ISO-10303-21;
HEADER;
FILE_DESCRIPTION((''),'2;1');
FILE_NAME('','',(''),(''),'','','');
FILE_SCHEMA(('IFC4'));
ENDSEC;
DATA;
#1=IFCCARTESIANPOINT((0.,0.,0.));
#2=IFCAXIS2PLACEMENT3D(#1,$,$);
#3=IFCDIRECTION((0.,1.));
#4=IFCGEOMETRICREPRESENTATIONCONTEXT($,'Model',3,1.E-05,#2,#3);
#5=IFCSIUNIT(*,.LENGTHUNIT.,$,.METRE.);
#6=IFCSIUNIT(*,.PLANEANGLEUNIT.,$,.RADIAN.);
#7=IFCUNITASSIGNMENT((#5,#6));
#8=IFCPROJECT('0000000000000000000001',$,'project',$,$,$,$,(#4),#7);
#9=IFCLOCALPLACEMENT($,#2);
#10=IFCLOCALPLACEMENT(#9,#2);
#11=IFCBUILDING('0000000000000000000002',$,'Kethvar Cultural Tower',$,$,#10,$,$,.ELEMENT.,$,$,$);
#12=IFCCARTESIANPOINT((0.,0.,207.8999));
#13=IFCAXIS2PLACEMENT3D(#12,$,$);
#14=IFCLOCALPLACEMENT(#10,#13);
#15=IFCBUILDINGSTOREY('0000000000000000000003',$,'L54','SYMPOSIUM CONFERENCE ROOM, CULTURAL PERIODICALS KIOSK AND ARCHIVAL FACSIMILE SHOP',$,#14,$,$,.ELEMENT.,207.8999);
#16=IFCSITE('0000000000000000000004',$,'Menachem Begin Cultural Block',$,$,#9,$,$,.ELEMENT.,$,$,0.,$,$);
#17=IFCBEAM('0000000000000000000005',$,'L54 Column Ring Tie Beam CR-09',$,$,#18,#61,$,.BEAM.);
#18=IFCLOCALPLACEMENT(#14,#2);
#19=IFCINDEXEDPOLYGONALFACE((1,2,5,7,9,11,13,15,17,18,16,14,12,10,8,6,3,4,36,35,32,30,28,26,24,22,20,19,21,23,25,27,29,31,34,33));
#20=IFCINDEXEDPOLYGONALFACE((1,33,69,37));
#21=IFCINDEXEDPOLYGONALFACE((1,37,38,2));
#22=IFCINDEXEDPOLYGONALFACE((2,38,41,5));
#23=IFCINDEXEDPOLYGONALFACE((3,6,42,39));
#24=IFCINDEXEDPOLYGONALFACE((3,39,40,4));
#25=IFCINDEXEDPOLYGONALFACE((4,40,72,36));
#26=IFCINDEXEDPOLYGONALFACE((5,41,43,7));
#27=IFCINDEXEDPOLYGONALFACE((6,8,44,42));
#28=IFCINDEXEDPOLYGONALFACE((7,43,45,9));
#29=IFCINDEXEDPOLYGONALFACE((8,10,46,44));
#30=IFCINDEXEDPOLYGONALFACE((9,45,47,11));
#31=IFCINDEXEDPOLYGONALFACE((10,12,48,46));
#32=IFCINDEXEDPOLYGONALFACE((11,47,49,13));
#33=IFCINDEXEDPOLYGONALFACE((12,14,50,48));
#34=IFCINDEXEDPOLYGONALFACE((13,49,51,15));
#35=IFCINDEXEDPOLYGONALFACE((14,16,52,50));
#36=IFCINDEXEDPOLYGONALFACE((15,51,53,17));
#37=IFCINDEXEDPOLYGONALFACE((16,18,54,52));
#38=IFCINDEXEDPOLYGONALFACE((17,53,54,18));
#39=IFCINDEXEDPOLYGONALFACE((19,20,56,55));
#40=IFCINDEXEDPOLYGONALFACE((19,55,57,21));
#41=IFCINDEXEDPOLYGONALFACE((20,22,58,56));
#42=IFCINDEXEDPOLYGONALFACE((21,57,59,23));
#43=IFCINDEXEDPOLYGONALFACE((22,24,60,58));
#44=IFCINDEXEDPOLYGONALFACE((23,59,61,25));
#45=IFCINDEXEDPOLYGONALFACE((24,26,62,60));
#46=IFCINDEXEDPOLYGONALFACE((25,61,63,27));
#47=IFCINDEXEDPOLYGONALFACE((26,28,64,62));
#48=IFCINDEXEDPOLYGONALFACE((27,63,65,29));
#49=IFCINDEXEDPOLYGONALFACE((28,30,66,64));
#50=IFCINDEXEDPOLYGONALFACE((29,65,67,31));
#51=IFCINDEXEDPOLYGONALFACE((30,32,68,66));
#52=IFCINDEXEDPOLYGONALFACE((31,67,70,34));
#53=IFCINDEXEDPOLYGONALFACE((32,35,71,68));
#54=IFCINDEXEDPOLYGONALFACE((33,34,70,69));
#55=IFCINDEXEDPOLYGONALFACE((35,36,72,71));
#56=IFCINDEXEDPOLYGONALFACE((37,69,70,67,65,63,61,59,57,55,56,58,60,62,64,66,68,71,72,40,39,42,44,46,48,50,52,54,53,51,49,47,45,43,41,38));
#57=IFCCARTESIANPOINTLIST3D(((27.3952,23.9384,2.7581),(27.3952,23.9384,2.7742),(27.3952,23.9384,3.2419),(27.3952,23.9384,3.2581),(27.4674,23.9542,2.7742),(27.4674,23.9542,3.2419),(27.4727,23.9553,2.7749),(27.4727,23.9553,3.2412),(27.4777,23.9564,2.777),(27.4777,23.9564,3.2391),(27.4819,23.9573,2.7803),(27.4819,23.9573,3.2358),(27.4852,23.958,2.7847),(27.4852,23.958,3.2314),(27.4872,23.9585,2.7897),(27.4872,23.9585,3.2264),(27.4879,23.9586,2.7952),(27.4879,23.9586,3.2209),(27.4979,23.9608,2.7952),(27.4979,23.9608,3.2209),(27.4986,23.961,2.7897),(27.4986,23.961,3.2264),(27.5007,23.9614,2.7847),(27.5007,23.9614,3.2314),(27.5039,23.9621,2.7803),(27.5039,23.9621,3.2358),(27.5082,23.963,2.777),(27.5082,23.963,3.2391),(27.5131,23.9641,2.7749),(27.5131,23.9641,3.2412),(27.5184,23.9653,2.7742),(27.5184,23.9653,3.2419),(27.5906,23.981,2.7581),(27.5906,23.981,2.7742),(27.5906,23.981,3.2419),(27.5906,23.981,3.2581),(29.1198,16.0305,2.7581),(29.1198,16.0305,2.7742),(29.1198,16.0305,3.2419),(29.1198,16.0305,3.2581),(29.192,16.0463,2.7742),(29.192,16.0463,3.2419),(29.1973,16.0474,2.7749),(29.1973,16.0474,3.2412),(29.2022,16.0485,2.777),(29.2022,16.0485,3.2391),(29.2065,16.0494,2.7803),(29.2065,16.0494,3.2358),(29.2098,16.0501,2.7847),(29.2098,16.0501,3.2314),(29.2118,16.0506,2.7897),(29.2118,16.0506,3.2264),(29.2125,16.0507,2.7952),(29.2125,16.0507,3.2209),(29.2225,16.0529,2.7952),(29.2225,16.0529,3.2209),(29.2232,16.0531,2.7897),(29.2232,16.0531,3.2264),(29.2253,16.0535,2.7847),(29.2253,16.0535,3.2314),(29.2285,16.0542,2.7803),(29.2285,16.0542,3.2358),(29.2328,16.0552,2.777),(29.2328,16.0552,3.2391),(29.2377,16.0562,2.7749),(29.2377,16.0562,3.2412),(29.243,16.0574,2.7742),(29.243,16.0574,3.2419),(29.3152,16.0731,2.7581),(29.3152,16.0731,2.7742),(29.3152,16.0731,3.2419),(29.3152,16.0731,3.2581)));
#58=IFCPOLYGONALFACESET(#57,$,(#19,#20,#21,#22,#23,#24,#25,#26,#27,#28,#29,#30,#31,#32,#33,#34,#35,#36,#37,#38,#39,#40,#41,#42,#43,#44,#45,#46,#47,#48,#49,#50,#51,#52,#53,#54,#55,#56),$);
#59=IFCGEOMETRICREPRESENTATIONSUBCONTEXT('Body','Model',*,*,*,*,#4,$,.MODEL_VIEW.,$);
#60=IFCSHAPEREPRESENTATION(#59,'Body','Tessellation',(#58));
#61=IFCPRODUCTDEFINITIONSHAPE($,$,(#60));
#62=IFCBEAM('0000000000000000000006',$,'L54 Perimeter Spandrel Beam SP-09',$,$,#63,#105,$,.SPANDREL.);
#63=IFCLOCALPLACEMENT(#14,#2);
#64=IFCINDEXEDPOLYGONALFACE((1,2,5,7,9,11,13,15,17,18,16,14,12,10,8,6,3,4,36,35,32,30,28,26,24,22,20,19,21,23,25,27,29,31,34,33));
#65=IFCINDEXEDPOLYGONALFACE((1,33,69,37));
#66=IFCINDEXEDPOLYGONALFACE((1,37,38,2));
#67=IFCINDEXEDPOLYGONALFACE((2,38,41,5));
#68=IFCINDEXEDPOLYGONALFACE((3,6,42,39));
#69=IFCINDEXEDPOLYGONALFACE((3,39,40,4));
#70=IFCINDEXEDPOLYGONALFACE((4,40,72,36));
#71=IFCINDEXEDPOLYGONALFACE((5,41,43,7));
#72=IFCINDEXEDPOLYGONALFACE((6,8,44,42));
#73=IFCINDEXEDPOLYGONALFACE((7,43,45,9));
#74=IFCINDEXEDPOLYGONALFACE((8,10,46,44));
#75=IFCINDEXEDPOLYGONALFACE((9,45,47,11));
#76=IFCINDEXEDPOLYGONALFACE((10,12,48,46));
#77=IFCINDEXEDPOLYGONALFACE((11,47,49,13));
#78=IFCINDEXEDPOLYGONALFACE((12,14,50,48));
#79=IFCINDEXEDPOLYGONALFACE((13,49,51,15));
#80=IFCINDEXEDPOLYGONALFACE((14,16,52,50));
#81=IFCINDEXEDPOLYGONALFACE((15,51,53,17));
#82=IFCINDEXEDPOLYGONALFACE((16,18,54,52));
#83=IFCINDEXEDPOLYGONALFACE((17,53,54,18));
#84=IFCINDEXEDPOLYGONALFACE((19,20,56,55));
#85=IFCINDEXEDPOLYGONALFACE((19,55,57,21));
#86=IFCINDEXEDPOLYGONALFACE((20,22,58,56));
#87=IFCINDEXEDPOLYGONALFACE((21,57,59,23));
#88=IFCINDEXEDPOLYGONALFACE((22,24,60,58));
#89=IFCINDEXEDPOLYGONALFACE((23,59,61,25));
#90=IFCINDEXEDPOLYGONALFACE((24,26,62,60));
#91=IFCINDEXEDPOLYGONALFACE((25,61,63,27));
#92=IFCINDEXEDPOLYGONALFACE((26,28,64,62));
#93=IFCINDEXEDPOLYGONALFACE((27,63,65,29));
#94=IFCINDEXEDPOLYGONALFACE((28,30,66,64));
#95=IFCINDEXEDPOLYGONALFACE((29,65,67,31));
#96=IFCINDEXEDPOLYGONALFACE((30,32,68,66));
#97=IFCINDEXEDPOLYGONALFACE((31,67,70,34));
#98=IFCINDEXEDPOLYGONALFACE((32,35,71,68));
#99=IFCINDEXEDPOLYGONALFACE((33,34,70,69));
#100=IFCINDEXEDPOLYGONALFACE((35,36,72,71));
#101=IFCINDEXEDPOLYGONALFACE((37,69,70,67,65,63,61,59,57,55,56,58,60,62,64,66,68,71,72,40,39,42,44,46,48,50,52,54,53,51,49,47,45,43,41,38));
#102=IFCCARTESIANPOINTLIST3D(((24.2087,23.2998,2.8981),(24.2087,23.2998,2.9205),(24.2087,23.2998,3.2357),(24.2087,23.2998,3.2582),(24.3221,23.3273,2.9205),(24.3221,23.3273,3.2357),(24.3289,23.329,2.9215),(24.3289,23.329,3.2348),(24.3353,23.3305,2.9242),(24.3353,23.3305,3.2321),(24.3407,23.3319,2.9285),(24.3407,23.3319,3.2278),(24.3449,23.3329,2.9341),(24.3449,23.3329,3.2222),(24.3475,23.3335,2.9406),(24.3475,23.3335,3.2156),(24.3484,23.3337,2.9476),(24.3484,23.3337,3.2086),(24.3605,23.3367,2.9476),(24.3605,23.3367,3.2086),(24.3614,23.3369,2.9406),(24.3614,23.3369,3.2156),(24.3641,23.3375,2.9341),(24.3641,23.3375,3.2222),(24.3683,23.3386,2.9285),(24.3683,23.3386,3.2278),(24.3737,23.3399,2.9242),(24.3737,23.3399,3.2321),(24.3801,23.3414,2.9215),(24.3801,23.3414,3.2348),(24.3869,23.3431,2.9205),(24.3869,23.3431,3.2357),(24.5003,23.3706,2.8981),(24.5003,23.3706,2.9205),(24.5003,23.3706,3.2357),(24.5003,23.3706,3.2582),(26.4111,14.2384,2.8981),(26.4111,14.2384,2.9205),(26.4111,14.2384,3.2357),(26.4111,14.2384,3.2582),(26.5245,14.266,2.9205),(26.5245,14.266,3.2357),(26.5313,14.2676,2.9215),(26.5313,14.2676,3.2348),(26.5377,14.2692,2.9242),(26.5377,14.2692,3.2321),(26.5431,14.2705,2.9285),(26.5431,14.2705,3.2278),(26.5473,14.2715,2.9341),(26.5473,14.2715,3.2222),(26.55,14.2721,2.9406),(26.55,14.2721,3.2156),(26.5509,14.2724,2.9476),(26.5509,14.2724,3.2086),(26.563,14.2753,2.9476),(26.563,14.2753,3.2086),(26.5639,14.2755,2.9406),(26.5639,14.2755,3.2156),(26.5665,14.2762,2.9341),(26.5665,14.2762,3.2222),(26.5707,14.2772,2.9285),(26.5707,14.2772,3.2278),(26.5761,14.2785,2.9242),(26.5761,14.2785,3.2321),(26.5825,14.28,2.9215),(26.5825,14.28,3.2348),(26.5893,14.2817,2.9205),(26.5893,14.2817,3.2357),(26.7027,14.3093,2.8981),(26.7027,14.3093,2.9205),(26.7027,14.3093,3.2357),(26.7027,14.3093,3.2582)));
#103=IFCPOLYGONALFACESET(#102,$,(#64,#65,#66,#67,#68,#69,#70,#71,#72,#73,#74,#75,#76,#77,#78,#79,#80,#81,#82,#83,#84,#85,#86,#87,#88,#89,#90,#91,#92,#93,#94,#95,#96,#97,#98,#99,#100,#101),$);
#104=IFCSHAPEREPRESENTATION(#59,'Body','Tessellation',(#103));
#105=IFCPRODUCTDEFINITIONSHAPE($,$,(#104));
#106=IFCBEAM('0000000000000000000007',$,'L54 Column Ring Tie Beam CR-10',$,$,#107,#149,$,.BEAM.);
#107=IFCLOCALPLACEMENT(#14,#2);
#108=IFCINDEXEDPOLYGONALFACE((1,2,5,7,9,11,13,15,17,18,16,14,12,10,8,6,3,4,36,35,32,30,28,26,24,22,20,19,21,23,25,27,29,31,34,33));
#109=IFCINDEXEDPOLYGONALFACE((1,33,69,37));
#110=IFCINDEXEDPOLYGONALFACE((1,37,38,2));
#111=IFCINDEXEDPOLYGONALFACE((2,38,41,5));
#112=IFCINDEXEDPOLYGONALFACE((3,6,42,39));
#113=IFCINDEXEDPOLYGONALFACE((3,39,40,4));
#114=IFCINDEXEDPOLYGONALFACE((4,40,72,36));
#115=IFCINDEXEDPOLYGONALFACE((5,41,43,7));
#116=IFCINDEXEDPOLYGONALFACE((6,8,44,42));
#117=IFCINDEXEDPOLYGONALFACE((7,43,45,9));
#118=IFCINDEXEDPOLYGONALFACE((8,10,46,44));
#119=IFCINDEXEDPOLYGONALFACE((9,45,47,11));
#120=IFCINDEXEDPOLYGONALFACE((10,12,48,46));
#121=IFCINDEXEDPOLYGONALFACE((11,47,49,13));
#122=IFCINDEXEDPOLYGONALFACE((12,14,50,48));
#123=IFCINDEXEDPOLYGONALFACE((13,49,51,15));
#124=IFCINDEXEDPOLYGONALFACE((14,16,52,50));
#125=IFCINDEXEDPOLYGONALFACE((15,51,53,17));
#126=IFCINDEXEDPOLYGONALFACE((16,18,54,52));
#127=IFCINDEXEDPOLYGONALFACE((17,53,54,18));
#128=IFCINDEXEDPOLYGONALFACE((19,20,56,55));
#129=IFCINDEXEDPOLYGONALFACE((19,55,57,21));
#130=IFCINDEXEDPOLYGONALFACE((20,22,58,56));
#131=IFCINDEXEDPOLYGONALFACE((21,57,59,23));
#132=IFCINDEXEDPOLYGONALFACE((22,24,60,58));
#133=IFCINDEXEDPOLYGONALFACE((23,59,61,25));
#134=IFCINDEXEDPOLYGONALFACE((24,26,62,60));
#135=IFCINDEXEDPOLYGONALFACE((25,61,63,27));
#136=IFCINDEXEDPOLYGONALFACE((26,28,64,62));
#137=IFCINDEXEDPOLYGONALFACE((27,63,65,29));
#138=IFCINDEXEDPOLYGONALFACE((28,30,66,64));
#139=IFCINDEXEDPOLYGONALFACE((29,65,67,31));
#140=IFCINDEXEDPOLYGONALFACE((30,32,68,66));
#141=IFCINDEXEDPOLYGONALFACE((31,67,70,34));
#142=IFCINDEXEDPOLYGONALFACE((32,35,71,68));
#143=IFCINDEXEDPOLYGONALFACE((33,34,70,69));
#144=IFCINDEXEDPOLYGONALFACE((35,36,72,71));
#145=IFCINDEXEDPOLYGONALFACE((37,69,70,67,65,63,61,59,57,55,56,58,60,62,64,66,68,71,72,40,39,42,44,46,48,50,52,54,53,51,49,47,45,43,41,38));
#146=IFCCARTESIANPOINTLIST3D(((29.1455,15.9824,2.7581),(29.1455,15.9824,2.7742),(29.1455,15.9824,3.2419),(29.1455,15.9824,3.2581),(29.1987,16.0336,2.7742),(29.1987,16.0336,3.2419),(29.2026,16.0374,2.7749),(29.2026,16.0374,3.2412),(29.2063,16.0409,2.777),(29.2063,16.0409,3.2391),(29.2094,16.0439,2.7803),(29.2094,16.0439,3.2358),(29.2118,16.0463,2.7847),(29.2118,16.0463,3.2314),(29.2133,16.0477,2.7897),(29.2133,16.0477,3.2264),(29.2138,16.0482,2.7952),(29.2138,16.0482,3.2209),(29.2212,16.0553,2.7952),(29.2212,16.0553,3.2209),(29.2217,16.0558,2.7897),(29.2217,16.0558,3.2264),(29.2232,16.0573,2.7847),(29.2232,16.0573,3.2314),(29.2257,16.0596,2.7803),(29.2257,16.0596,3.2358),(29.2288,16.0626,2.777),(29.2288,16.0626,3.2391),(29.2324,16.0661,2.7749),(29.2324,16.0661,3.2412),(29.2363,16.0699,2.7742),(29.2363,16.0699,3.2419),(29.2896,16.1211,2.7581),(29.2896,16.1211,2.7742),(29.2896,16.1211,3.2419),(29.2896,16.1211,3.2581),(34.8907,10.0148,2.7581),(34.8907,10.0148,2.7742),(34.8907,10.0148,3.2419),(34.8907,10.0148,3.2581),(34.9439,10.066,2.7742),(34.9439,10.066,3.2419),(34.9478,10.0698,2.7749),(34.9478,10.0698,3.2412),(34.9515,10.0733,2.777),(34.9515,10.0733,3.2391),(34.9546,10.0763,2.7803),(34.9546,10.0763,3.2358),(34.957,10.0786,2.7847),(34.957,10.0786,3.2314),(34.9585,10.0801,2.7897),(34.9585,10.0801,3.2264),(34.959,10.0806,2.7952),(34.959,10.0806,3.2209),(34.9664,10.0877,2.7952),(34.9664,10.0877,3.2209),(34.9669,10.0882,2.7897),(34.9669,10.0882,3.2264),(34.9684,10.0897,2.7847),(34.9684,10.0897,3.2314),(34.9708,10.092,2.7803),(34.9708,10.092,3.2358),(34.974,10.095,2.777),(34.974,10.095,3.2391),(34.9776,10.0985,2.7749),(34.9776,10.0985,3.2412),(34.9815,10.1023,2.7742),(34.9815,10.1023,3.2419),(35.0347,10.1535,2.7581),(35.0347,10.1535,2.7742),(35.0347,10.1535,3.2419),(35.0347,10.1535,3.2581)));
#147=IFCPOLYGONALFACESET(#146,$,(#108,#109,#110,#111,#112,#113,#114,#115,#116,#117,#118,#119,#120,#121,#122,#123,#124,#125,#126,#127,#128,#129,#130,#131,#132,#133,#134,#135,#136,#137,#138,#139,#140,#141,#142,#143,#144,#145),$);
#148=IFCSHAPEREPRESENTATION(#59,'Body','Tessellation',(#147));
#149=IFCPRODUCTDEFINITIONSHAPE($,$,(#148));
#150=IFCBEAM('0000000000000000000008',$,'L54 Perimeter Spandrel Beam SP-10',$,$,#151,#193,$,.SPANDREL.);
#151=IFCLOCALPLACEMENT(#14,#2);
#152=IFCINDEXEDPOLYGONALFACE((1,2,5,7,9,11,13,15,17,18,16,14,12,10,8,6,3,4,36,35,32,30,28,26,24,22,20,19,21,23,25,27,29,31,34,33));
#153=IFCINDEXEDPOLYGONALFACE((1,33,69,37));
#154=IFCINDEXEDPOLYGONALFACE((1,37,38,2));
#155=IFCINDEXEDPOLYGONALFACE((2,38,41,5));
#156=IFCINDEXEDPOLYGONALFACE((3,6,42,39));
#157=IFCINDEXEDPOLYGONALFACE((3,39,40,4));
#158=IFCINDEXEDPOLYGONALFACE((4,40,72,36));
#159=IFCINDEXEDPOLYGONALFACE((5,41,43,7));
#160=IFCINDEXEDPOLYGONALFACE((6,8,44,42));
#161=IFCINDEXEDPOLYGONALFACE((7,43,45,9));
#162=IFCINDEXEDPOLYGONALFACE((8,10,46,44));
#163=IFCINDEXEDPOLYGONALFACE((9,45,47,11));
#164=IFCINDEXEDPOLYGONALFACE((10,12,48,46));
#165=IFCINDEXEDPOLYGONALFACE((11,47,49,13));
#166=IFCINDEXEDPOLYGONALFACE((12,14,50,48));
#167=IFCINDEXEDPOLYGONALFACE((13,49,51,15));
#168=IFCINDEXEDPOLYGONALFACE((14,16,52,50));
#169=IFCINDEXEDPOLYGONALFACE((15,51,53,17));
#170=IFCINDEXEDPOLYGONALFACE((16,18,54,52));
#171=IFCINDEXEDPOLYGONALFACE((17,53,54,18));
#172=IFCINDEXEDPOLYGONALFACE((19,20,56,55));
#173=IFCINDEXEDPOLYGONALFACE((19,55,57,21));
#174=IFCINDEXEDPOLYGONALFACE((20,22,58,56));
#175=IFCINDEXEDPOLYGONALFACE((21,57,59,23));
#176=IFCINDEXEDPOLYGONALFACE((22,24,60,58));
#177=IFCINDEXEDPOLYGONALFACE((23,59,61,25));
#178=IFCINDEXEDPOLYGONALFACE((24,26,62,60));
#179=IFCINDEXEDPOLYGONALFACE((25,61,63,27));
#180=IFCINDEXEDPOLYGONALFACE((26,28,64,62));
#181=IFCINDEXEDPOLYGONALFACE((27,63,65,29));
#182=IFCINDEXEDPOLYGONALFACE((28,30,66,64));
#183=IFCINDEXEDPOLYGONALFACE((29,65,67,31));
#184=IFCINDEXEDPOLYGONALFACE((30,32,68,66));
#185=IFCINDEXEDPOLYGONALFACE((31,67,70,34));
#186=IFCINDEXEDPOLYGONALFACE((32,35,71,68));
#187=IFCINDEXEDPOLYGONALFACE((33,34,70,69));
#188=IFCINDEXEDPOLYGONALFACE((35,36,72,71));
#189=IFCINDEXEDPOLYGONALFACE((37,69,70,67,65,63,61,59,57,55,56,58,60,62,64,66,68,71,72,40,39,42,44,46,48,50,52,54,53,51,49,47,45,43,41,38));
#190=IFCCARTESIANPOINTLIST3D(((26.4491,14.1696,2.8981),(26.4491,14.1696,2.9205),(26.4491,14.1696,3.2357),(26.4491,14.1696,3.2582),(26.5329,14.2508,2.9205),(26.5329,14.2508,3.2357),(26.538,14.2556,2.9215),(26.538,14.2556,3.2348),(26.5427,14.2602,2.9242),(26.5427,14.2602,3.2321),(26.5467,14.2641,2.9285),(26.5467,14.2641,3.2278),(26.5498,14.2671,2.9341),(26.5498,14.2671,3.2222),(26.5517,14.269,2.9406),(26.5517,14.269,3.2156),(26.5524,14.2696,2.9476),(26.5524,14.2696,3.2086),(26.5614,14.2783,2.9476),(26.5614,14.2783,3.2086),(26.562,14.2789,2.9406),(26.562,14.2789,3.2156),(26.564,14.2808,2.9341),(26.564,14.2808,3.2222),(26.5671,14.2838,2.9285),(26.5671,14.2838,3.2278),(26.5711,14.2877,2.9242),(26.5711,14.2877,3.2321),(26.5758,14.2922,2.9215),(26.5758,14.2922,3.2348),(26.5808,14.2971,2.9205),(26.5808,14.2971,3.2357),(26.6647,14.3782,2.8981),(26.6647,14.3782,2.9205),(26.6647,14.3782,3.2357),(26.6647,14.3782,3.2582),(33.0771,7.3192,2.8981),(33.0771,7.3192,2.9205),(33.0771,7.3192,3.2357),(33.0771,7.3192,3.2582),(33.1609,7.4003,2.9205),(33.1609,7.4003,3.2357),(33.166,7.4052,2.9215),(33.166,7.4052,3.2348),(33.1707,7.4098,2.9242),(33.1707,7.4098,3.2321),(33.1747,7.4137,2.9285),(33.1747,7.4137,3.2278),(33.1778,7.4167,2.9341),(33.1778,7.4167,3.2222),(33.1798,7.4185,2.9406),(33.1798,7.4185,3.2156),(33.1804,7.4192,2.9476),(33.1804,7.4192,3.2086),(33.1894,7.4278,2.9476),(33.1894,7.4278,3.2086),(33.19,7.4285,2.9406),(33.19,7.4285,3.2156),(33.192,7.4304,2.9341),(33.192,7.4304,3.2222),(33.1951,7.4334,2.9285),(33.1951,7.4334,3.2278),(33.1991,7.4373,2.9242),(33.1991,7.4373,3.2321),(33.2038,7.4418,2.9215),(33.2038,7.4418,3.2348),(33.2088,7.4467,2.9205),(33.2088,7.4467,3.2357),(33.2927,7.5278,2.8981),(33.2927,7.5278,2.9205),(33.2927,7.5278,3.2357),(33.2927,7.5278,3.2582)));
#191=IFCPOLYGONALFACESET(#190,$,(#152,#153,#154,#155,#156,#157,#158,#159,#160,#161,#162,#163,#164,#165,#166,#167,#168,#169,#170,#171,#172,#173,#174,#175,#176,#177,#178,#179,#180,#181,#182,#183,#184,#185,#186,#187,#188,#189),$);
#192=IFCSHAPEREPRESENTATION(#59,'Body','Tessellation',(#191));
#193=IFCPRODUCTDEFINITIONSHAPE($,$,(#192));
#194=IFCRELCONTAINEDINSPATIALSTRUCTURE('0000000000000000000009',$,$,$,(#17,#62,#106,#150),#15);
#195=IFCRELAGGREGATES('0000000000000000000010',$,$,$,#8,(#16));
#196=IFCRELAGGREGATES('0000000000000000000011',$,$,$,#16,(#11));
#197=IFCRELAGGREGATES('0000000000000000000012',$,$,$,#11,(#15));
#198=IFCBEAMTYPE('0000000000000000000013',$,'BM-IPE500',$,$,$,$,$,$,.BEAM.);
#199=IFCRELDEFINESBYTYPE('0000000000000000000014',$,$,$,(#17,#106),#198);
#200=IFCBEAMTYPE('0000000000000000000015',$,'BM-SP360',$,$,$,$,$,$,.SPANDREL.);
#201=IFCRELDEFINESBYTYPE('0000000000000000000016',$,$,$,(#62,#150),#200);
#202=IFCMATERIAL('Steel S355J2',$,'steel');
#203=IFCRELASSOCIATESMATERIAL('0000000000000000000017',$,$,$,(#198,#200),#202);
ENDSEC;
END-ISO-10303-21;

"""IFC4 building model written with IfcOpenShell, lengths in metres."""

from ifc_helpers import new_model, si_unit, direction, frame, origin, origin_2d, place, context, subcontext, project, spatial, i_section, extrude, source, transform, mapped, material, material_profile, profile_set, type_object, element, save


model = new_model("IFC4")

# Units and contexts
model_context = context("Model", 3, precision=1e-05, world=origin(), true_north=direction((0.0, 1.0)))
body_context = subcontext(model_context, "Body", "Model", "MODEL_VIEW")
ifc_project = project(units=[si_unit("LENGTHUNIT", "METRE"), si_unit("PLANEANGLEUNIT", "RADIAN")], contexts=[model_context])

# Site, building, storey
site_placement = place(None, origin())
site = spatial("IfcSite", under=ifc_project, at=site_placement, Name="Menachem Begin Cultural Block", CompositionType="ELEMENT", RefElevation=0.0)
building_placement = place(site_placement, origin())
building = spatial("IfcBuilding", under=site, at=building_placement, Name="Kethvar Cultural Tower", CompositionType="ELEMENT")
storey_placement = place(building_placement, frame((0.0, 0.0, 207.8999)))
storey = spatial("IfcBuildingStorey", under=building, at=storey_placement, Name="L54", Description="SYMPOSIUM CONFERENCE ROOM, CULTURAL PERIODICALS KIOSK AND ARCHIVAL FACSIMILE SHOP", CompositionType="ELEMENT", Elevation=207.8999)

# Beams
ifc_material_1 = material(Name="Steel S355J2", Category="steel")
ifc_material_profile_1 = material_profile(ifc_material_1, i_section(OverallWidth=0.2, OverallDepth=0.5, WebThickness=0.0103, FlangeThickness=0.0161, FilletRadius=0.021, at=origin_2d()), Name="Steel S355J2 — IPE500")
ifc_profile_set_1 = profile_set([ifc_material_profile_1], Name="Steel S355J2 — IPE500")
beam_type_1 = type_object("IfcBeamType", Name="BM-IPE500", PredefinedType="BEAM", material=ifc_profile_set_1)
shared_shape_1 = source(origin(), body_context, "Body", "SweptSolid", [
    extrude(i_section(OverallWidth=0.2, OverallDepth=0.5, WebThickness=0.0103, FlangeThickness=0.0161, FilletRadius=0.021, at=origin_2d()), origin(), (0.0, 0.0, 1.0), 8.0938),
])
beam_1_placement = place(storey_placement, frame((27.4929, 23.9597, 3.0081), z_axis=(0.213077, -0.977035, 0.0), x_axis=(0.977035, 0.213077, 0.0)))
element("IfcBeam", 1, at=beam_1_placement, inside=storey, type_object=beam_type_1, Name="L54 Column Ring Tie Beam CR-09", PredefinedType="BEAM", context=body_context, shape_type="MappedRepresentation", body=[
    mapped(shared_shape_1, transform((0.0, 0.0, 0.0), scale=1.0)),
])
ifc_material_profile_2 = material_profile(ifc_material_1, i_section(OverallWidth=0.3, OverallDepth=0.3601, WebThickness=0.0125, FlangeThickness=0.0225, FilletRadius=0.0271, at=origin_2d()), Name="Steel S355J2 — HEB360")
ifc_profile_set_2 = profile_set([ifc_material_profile_2], Name="Steel S355J2 — HEB360")
beam_type_2 = type_object("IfcBeamType", Name="BM-SP360", PredefinedType="SPANDREL", material=ifc_profile_set_2)
shared_shape_2 = source(origin(), body_context, "Body", "SweptSolid", [
    extrude(i_section(OverallWidth=0.3, OverallDepth=0.3601, WebThickness=0.0125, FlangeThickness=0.0225, FilletRadius=0.0271, at=origin_2d()), origin(), (0.0, 0.0, 1.0), 9.3252),
])
beam_2_placement = place(storey_placement, frame((24.3545, 23.3352, 3.0781), z_axis=(0.236179, -0.97171, 0.0), x_axis=(0.97171, 0.236179, 0.0)))
element("IfcBeam", 2, at=beam_2_placement, inside=storey, type_object=beam_type_2, Name="L54 Perimeter Spandrel Beam SP-09", PredefinedType="SPANDREL", context=body_context, shape_type="MappedRepresentation", body=[
    mapped(shared_shape_2, transform((0.0, 0.0, 0.0), scale=1.0)),
])
shared_shape_3 = source(origin(), body_context, "Body", "SweptSolid", [
    extrude(i_section(OverallWidth=0.2, OverallDepth=0.5, WebThickness=0.0103, FlangeThickness=0.0161, FilletRadius=0.021, at=origin_2d()), origin(), (0.0, 0.0, 1.0), 8.2837),
])
beam_3_placement = place(storey_placement, frame((29.2175, 16.0518, 3.0081), z_axis=(0.693554, -0.720404, 0.0), x_axis=(0.720404, 0.693554, 0.0)))
element("IfcBeam", 3, at=beam_3_placement, inside=storey, type_object=beam_type_1, Name="L54 Column Ring Tie Beam CR-10", PredefinedType="BEAM", context=body_context, shape_type="MappedRepresentation", body=[
    mapped(shared_shape_3, transform((0.0, 0.0, 0.0), scale=1.0)),
])
shared_shape_4 = source(origin(), body_context, "Body", "SweptSolid", [
    extrude(i_section(OverallWidth=0.3, OverallDepth=0.3601, WebThickness=0.0125, FlangeThickness=0.0225, FilletRadius=0.0271, at=origin_2d()), origin(), (0.0, 0.0, 1.0), 9.532),
])
beam_4_placement = place(storey_placement, frame((26.5569, 14.2739, 3.0781), z_axis=(0.695344, -0.718677, 0.0), x_axis=(0.718677, 0.695344, 0.0)))
element("IfcBeam", 4, at=beam_4_placement, inside=storey, type_object=beam_type_2, Name="L54 Perimeter Spandrel Beam SP-10", PredefinedType="SPANDREL", context=body_context, shape_type="MappedRepresentation", body=[
    mapped(shared_shape_4, transform((0.0, 0.0, 0.0), scale=1.0)),
])

save(model, "model.ifc")
